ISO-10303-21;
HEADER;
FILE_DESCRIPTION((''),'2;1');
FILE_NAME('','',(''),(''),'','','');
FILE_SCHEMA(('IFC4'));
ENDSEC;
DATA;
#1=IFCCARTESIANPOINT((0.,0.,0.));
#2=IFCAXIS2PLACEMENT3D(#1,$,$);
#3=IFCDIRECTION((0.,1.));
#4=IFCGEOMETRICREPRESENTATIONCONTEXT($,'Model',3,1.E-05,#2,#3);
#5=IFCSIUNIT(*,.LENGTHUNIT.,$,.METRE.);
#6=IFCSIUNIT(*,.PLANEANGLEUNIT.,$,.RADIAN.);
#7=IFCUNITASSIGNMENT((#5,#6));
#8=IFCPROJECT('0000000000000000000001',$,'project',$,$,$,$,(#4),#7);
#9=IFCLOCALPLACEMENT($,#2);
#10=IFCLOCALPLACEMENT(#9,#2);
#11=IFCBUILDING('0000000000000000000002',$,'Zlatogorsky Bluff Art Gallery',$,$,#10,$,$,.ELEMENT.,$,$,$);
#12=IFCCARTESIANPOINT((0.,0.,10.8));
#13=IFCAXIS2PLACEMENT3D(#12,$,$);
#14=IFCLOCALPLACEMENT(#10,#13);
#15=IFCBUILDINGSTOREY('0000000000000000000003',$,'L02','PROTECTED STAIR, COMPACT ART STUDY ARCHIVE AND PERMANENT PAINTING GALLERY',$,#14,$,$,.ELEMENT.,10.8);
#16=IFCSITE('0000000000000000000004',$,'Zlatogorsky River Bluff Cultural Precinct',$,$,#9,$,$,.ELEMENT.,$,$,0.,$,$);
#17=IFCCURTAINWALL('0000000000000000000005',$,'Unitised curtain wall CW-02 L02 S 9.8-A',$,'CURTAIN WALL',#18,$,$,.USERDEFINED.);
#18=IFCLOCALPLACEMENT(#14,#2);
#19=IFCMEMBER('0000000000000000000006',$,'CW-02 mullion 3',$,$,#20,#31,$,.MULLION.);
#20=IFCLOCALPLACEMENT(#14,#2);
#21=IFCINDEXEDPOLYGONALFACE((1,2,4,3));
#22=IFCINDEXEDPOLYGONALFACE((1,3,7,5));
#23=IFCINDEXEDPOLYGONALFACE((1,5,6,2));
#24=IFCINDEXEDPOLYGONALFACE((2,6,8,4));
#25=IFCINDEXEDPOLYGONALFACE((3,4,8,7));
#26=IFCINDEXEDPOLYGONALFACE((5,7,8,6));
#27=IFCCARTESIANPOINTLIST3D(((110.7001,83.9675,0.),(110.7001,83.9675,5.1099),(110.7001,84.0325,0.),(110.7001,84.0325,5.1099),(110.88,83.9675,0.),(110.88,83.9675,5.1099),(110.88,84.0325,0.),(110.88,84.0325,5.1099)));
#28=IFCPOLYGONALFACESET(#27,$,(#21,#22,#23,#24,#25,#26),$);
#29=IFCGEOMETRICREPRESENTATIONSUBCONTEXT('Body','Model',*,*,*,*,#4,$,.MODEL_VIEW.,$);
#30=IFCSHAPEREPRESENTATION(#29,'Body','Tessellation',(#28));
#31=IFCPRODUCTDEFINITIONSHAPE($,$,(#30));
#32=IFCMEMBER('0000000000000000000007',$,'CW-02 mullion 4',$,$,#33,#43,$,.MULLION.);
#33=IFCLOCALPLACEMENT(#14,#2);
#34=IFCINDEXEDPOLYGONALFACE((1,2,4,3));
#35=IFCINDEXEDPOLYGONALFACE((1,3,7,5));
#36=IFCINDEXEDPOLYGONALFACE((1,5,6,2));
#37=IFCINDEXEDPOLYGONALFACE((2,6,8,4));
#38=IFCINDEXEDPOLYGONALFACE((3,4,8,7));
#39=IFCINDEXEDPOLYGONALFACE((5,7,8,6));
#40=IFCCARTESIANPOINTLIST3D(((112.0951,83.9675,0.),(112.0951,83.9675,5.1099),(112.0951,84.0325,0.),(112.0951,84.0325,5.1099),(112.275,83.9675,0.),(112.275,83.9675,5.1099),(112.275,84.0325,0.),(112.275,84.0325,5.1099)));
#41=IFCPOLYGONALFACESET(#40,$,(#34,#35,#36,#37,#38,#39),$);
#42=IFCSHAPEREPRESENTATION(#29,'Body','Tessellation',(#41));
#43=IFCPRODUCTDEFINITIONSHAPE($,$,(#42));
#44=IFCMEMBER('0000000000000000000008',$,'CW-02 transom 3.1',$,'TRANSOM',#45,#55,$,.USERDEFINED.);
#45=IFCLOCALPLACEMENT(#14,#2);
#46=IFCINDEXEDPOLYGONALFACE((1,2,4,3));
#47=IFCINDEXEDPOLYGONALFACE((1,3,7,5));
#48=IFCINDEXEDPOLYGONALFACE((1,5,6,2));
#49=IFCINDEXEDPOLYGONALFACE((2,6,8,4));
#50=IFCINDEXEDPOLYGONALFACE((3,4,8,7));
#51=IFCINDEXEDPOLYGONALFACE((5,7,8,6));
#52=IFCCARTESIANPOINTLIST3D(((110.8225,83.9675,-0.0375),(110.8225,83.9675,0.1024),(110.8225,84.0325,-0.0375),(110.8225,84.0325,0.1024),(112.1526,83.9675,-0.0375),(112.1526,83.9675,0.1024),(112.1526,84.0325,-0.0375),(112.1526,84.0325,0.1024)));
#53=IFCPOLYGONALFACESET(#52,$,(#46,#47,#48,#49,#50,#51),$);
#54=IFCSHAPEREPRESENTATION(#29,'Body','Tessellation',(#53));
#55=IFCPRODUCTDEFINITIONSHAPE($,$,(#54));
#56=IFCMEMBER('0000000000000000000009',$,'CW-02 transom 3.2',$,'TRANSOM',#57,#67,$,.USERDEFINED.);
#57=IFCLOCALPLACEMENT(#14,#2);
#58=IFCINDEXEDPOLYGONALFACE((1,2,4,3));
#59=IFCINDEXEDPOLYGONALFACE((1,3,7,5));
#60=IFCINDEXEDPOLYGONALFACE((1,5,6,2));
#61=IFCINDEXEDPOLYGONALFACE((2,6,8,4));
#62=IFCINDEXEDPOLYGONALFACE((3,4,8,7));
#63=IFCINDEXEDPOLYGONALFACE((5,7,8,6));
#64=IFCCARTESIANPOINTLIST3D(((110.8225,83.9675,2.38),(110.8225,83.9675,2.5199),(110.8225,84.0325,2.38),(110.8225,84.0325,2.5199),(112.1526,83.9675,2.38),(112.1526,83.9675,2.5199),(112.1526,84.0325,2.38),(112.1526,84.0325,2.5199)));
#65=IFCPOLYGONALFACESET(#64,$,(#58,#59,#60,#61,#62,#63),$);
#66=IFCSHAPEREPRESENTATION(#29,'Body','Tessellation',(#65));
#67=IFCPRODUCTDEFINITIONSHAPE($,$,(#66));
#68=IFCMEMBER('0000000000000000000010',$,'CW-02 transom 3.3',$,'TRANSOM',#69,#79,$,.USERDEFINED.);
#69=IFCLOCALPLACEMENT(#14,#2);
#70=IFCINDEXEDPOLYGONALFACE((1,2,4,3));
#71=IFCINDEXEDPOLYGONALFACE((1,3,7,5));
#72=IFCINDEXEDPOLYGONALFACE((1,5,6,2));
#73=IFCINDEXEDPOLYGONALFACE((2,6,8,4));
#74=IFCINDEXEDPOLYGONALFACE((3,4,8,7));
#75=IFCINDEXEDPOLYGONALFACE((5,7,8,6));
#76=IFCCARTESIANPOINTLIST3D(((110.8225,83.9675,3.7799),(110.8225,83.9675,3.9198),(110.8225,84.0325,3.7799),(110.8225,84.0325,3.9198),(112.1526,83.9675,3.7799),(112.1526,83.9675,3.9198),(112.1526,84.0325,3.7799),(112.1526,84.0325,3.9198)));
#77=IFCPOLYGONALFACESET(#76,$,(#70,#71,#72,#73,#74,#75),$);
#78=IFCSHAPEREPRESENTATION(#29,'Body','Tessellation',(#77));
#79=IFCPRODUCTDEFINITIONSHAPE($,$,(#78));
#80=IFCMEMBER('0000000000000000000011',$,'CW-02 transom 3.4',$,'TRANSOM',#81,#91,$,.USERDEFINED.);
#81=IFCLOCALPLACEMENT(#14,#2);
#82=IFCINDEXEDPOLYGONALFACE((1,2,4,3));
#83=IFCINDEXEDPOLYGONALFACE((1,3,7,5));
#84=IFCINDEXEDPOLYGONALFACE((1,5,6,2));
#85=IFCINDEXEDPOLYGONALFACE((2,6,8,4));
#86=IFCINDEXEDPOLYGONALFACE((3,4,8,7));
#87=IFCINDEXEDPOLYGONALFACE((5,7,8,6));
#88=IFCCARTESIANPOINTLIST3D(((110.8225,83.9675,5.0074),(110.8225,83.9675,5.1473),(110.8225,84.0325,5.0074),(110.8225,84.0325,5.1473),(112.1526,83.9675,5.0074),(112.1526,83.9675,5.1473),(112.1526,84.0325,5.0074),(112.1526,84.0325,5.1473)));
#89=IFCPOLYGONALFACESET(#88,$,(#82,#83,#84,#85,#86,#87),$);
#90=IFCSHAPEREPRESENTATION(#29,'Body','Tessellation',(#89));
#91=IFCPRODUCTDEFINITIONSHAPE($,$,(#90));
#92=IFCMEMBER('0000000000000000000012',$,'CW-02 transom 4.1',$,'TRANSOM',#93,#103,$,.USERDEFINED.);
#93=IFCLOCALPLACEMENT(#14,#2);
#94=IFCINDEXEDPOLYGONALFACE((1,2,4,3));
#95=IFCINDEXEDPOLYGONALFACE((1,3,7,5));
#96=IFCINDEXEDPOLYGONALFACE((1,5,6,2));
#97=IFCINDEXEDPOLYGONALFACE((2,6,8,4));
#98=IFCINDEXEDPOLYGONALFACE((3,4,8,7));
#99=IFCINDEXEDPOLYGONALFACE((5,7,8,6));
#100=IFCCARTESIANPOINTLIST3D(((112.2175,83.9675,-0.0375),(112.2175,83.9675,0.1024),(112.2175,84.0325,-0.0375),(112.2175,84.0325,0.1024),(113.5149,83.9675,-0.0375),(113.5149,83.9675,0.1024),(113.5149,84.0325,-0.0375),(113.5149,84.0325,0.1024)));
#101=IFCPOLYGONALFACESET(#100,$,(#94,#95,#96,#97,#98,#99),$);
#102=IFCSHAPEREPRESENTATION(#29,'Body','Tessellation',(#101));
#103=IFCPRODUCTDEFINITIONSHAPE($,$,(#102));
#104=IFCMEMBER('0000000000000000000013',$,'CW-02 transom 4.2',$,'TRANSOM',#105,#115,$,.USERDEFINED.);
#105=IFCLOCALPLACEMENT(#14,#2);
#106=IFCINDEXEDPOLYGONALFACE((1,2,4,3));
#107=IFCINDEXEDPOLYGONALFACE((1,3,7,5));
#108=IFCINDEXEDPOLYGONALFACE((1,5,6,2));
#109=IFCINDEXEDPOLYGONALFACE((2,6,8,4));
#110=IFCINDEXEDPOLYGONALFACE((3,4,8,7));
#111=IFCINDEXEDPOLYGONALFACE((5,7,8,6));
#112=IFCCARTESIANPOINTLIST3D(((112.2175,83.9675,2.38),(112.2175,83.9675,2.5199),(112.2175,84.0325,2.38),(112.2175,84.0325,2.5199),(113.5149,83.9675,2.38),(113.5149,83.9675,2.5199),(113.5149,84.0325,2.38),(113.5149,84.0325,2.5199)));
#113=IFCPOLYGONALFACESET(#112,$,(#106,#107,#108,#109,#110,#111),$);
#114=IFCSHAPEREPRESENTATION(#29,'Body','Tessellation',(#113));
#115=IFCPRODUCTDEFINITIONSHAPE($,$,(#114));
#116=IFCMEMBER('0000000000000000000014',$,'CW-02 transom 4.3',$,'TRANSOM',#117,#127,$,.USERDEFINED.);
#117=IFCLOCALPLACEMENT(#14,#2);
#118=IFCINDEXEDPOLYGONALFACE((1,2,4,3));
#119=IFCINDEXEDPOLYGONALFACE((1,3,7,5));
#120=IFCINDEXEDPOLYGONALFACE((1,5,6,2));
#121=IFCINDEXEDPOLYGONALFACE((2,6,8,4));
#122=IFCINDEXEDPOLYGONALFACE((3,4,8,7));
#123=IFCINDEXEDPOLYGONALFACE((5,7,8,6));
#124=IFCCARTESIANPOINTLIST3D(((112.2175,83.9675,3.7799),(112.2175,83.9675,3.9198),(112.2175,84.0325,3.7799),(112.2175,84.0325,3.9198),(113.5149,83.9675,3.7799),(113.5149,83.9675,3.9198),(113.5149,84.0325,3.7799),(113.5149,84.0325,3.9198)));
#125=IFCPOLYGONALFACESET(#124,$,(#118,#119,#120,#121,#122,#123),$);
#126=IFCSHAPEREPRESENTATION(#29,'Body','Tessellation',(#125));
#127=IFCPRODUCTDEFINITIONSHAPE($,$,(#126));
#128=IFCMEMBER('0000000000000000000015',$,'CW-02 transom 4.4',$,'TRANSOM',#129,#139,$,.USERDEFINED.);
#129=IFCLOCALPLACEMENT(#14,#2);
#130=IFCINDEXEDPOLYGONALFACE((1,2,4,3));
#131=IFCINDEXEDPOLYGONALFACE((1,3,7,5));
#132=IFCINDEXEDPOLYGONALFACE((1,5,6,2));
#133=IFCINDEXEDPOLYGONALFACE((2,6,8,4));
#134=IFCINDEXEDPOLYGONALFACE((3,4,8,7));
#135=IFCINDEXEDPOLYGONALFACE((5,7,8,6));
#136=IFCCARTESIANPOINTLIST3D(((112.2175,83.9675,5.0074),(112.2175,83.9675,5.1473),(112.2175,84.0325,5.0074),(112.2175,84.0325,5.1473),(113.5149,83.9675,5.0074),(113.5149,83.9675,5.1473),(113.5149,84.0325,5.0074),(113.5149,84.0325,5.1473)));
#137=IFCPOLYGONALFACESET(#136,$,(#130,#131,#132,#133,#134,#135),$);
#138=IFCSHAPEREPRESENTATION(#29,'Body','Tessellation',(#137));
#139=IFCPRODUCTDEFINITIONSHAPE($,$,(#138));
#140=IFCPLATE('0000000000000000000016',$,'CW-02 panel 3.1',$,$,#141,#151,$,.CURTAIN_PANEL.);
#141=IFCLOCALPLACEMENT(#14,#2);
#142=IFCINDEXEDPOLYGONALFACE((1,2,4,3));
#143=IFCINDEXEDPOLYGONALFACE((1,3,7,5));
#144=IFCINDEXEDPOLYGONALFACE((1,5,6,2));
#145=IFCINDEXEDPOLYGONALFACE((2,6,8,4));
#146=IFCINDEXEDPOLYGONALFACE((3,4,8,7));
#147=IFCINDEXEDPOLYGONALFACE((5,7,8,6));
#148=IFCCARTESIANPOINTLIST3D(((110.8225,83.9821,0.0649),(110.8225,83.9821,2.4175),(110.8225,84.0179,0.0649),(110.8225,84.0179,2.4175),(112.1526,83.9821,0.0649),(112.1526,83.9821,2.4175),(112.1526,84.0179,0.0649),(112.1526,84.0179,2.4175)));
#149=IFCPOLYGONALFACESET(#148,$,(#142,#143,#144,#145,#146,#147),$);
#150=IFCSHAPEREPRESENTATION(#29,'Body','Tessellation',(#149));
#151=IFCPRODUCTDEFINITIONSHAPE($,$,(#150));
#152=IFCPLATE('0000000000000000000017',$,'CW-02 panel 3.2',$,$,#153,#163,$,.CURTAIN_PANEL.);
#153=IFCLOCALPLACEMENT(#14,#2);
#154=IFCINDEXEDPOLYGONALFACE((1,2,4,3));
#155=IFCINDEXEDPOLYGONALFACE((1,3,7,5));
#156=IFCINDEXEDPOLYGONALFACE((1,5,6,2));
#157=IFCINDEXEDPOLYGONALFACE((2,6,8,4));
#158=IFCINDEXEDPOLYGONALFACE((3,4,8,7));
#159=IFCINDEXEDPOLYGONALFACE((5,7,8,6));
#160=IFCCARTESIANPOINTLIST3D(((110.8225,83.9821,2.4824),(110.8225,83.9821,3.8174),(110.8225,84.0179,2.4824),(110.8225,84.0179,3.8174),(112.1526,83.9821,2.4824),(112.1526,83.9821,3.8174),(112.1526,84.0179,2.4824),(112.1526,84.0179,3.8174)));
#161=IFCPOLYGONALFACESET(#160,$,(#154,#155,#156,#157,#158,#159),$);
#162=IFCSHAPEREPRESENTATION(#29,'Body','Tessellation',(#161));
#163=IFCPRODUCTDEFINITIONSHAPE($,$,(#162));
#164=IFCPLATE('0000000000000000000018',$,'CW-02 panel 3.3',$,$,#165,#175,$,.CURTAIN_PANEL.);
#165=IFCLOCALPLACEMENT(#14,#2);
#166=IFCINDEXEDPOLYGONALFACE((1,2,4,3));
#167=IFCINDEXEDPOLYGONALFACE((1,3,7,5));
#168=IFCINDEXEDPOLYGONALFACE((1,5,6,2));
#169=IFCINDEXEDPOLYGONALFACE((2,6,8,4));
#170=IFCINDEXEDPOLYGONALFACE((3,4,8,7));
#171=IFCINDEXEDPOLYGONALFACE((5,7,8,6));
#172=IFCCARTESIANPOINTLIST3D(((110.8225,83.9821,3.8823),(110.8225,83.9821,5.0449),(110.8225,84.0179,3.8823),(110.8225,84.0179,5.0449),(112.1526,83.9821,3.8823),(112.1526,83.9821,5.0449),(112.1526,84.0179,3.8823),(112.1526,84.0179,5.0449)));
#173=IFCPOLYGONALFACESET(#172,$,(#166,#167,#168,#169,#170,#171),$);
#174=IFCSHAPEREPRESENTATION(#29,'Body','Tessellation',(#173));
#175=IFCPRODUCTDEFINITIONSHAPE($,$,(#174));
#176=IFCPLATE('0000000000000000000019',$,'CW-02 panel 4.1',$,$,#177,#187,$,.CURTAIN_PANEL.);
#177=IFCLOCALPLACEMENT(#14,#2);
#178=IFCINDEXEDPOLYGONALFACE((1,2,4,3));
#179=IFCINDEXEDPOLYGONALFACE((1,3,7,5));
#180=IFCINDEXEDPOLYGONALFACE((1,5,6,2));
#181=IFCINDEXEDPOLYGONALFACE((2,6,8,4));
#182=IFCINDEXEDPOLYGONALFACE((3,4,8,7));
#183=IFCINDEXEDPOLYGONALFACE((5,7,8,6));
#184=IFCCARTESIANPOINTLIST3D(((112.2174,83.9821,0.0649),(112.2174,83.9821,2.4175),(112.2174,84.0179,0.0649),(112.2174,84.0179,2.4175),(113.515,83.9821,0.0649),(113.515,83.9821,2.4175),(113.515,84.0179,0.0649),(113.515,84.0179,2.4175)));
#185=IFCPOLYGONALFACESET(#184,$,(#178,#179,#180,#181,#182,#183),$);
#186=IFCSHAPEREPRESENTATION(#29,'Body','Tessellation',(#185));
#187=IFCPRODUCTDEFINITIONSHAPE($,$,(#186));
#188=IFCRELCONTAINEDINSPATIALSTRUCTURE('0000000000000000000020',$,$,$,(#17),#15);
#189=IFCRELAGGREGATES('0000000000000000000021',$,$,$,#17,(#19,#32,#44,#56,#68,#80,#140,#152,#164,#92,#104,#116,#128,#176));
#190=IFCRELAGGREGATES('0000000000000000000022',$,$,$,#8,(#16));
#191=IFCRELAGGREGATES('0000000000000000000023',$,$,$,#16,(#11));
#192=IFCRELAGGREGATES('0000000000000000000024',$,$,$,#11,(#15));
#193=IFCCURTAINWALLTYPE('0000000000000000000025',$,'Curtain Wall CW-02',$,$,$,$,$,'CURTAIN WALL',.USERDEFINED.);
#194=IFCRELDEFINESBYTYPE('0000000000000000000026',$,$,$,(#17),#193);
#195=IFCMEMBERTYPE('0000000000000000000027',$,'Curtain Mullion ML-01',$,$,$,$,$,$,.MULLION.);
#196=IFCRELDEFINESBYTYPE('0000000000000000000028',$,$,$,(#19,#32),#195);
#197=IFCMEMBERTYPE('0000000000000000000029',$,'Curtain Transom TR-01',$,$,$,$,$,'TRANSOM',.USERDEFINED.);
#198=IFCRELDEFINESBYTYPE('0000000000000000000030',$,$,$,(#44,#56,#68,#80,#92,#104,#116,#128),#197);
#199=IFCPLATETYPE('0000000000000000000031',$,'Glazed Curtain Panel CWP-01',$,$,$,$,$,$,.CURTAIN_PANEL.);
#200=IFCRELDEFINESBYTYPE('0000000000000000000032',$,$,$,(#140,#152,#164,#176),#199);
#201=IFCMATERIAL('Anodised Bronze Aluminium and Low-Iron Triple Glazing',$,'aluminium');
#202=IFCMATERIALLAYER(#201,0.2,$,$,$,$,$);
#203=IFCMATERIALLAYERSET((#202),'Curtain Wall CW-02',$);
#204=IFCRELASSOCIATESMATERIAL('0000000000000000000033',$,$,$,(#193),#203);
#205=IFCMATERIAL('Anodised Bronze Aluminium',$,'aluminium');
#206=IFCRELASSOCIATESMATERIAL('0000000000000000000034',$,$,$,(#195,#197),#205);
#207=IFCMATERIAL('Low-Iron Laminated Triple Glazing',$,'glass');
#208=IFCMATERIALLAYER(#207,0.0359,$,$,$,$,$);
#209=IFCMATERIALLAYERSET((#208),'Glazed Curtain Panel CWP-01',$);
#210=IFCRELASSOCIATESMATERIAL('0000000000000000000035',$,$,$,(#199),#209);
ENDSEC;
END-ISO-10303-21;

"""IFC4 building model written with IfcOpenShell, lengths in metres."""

from ifc_helpers import new_model, si_unit, direction, frame, origin, origin_2d, place, context, subcontext, project, spatial, rectangle, extrude, material, layer, layer_set, material_profile, profile_set, type_object, element, aggregate, save


model = new_model("IFC4")

# Units and contexts
model_context = context("Model", 3, precision=1e-05, world=origin(), true_north=direction((0.0, 1.0)))
body_context = subcontext(model_context, "Body", "Model", "MODEL_VIEW")
ifc_project = project(units=[si_unit("LENGTHUNIT", "METRE"), si_unit("PLANEANGLEUNIT", "RADIAN")], contexts=[model_context])

# Site, building, storey
site_placement = place(None, origin())
site = spatial("IfcSite", under=ifc_project, at=site_placement, Name="Zlatogorsky River Bluff Cultural Precinct", CompositionType="ELEMENT", RefElevation=0.0)
building_placement = place(site_placement, origin())
building = spatial("IfcBuilding", under=site, at=building_placement, Name="Zlatogorsky Bluff Art Gallery", CompositionType="ELEMENT")
storey_placement = place(building_placement, frame((0.0, 0.0, 10.8)))
storey = spatial("IfcBuildingStorey", under=building, at=storey_placement, Name="L02", Description="PROTECTED STAIR, COMPACT ART STUDY ARCHIVE AND PERMANENT PAINTING GALLERY", CompositionType="ELEMENT", Elevation=10.8)

# Curtain wall, members, plates
ifc_material_1 = material(Name="Anodised Bronze Aluminium and Low-Iron Triple Glazing", Category="aluminium")
ifc_layer_1 = layer(ifc_material_1, 0.2)
ifc_layer_set_1 = layer_set([ifc_layer_1], Name="Curtain Wall CW-02")
curtain_wall_type = type_object("IfcCurtainWallType", Name="Curtain Wall CW-02", ElementType="CURTAIN WALL", PredefinedType="USERDEFINED", material=ifc_layer_set_1)
curtain_wall_placement = place(storey_placement, origin())
curtain_wall = element("IfcCurtainWall", 1, at=curtain_wall_placement, inside=storey, type_object=curtain_wall_type, Name="Unitised curtain wall CW-02 L02 S 9.8-A", ObjectType="CURTAIN WALL", PredefinedType="USERDEFINED")
ifc_material_2 = material(Name="Anodised Bronze Aluminium", Category="aluminium")
ifc_material_profile_1 = material_profile(ifc_material_2, rectangle(XDim=0.0649, YDim=0.1799, at=origin_2d()), Name="ALU MULLION 65x180")
ifc_profile_set_1 = profile_set([ifc_material_profile_1], Name="Anodised Bronze Aluminium")
member_type_1 = type_object("IfcMemberType", Name="Curtain Mullion ML-01", PredefinedType="MULLION", material=ifc_profile_set_1)
member_1_placement = place(storey_placement, frame((110.79, 84.0, 0.0), z_axis=(0.0, 0.0, 1.0), x_axis=(0.0, 1.0, 0.0)))
member_1 = element("IfcMember", 2, at=member_1_placement, type_object=member_type_1, Name="CW-02 mullion 3", PredefinedType="MULLION", context=body_context, shape_type="SweptSolid", body=[
    extrude(rectangle(XDim=0.0649, YDim=0.1799, at=origin_2d()), origin(), (0.0, 0.0, 1.0), 5.1099),
])
member_2_placement = place(storey_placement, frame((112.1851, 84.0, 0.0), z_axis=(0.0, 0.0, 1.0), x_axis=(0.0, 1.0, 0.0)))
member_2 = element("IfcMember", 3, at=member_2_placement, type_object=member_type_1, Name="CW-02 mullion 4", PredefinedType="MULLION", context=body_context, shape_type="SweptSolid", body=[
    extrude(rectangle(XDim=0.0649, YDim=0.1799, at=origin_2d()), origin(), (0.0, 0.0, 1.0), 5.1099),
])
ifc_material_profile_2 = material_profile(ifc_material_2, rectangle(XDim=0.0649, YDim=0.1399, at=origin_2d()), Name="ALU TRANSOM 65x140")
ifc_profile_set_2 = profile_set([ifc_material_profile_2], Name="Anodised Bronze Aluminium")
member_type_2 = type_object("IfcMemberType", Name="Curtain Transom TR-01", ElementType="TRANSOM", PredefinedType="USERDEFINED", material=ifc_profile_set_2)
member_3_placement = place(storey_placement, frame((110.8225, 84.0, 0.0325), z_axis=(1.0, 0.0, 0.0), x_axis=(0.0, 1.0, 0.0)))
member_3 = element("IfcMember", 4, at=member_3_placement, type_object=member_type_2, Name="CW-02 transom 3.1", ObjectType="TRANSOM", PredefinedType="USERDEFINED", context=body_context, shape_type="SweptSolid", body=[
    extrude(rectangle(XDim=0.0649, YDim=0.1399, at=origin_2d()), origin(), (0.0, 0.0, 1.0), 1.3301),
])
member_4_placement = place(storey_placement, frame((110.8225, 84.0, 2.45), z_axis=(1.0, 0.0, 0.0), x_axis=(0.0, 1.0, 0.0)))
member_4 = element("IfcMember", 5, at=member_4_placement, type_object=member_type_2, Name="CW-02 transom 3.2", ObjectType="TRANSOM", PredefinedType="USERDEFINED", context=body_context, shape_type="SweptSolid", body=[
    extrude(rectangle(XDim=0.0649, YDim=0.1399, at=origin_2d()), origin(), (0.0, 0.0, 1.0), 1.3301),
])
member_5_placement = place(storey_placement, frame((110.8225, 84.0, 3.8499), z_axis=(1.0, 0.0, 0.0), x_axis=(0.0, 1.0, 0.0)))
member_5 = element("IfcMember", 6, at=member_5_placement, type_object=member_type_2, Name="CW-02 transom 3.3", ObjectType="TRANSOM", PredefinedType="USERDEFINED", context=body_context, shape_type="SweptSolid", body=[
    extrude(rectangle(XDim=0.0649, YDim=0.1399, at=origin_2d()), origin(), (0.0, 0.0, 1.0), 1.3301),
])
member_6_placement = place(storey_placement, frame((110.8225, 84.0, 5.0774), z_axis=(1.0, 0.0, 0.0), x_axis=(0.0, 1.0, 0.0)))
member_6 = element("IfcMember", 7, at=member_6_placement, type_object=member_type_2, Name="CW-02 transom 3.4", ObjectType="TRANSOM", PredefinedType="USERDEFINED", context=body_context, shape_type="SweptSolid", body=[
    extrude(rectangle(XDim=0.0649, YDim=0.1399, at=origin_2d()), origin(), (0.0, 0.0, 1.0), 1.3301),
])
member_7_placement = place(storey_placement, frame((112.2175, 84.0, 0.0325), z_axis=(1.0, 0.0, 0.0), x_axis=(0.0, 1.0, 0.0)))
member_7 = element("IfcMember", 8, at=member_7_placement, type_object=member_type_2, Name="CW-02 transom 4.1", ObjectType="TRANSOM", PredefinedType="USERDEFINED", context=body_context, shape_type="SweptSolid", body=[
    extrude(rectangle(XDim=0.0649, YDim=0.1399, at=origin_2d()), origin(), (0.0, 0.0, 1.0), 1.2974),
])
member_8_placement = place(storey_placement, frame((112.2175, 84.0, 2.45), z_axis=(1.0, 0.0, 0.0), x_axis=(0.0, 1.0, 0.0)))
member_8 = element("IfcMember", 9, at=member_8_placement, type_object=member_type_2, Name="CW-02 transom 4.2", ObjectType="TRANSOM", PredefinedType="USERDEFINED", context=body_context, shape_type="SweptSolid", body=[
    extrude(rectangle(XDim=0.0649, YDim=0.1399, at=origin_2d()), origin(), (0.0, 0.0, 1.0), 1.2974),
])
member_9_placement = place(storey_placement, frame((112.2175, 84.0, 3.8499), z_axis=(1.0, 0.0, 0.0), x_axis=(0.0, 1.0, 0.0)))
member_9 = element("IfcMember", 10, at=member_9_placement, type_object=member_type_2, Name="CW-02 transom 4.3", ObjectType="TRANSOM", PredefinedType="USERDEFINED", context=body_context, shape_type="SweptSolid", body=[
    extrude(rectangle(XDim=0.0649, YDim=0.1399, at=origin_2d()), origin(), (0.0, 0.0, 1.0), 1.2974),
])
member_10_placement = place(storey_placement, frame((112.2175, 84.0, 5.0774), z_axis=(1.0, 0.0, 0.0), x_axis=(0.0, 1.0, 0.0)))
member_10 = element("IfcMember", 11, at=member_10_placement, type_object=member_type_2, Name="CW-02 transom 4.4", ObjectType="TRANSOM", PredefinedType="USERDEFINED", context=body_context, shape_type="SweptSolid", body=[
    extrude(rectangle(XDim=0.0649, YDim=0.1399, at=origin_2d()), origin(), (0.0, 0.0, 1.0), 1.2974),
])
ifc_material_3 = material(Name="Low-Iron Laminated Triple Glazing", Category="glass")
ifc_layer_2 = layer(ifc_material_3, 0.0359)
ifc_layer_set_2 = layer_set([ifc_layer_2], Name="Glazed Curtain Panel CWP-01")
plate_type = type_object("IfcPlateType", Name="Glazed Curtain Panel CWP-01", PredefinedType="CURTAIN_PANEL", material=ifc_layer_set_2)
plate_1_placement = place(storey_placement, frame((111.4875, 84.0, 0.0649), z_axis=(0.0, 0.0, 1.0), x_axis=(1.0, 0.0, 0.0)))
plate_1 = element("IfcPlate", 12, at=plate_1_placement, type_object=plate_type, Name="CW-02 panel 3.1", PredefinedType="CURTAIN_PANEL", context=body_context, shape_type="SweptSolid", body=[
    extrude(rectangle(XDim=1.3301, YDim=0.0359, at=origin_2d()), origin(), (0.0, 0.0, 1.0), 2.3525),
])
plate_2_placement = place(storey_placement, frame((111.4875, 84.0, 2.4824), z_axis=(0.0, 0.0, 1.0), x_axis=(1.0, 0.0, 0.0)))
plate_2 = element("IfcPlate", 13, at=plate_2_placement, type_object=plate_type, Name="CW-02 panel 3.2", PredefinedType="CURTAIN_PANEL", context=body_context, shape_type="SweptSolid", body=[
    extrude(rectangle(XDim=1.3301, YDim=0.0359, at=origin_2d()), origin(), (0.0, 0.0, 1.0), 1.335),
])
plate_3_placement = place(storey_placement, frame((111.4875, 84.0, 3.8823), z_axis=(0.0, 0.0, 1.0), x_axis=(1.0, 0.0, 0.0)))
plate_3 = element("IfcPlate", 14, at=plate_3_placement, type_object=plate_type, Name="CW-02 panel 3.3", PredefinedType="CURTAIN_PANEL", context=body_context, shape_type="SweptSolid", body=[
    extrude(rectangle(XDim=1.3301, YDim=0.0359, at=origin_2d()), origin(), (0.0, 0.0, 1.0), 1.1626),
])
plate_4_placement = place(storey_placement, frame((112.8662, 84.0, 0.0649), z_axis=(0.0, 0.0, 1.0), x_axis=(1.0, 0.0, 0.0)))
plate_4 = element("IfcPlate", 15, at=plate_4_placement, type_object=plate_type, Name="CW-02 panel 4.1", PredefinedType="CURTAIN_PANEL", context=body_context, shape_type="SweptSolid", body=[
    extrude(rectangle(XDim=1.2976, YDim=0.0359, at=origin_2d()), origin(), (0.0, 0.0, 1.0), 2.3525),
])
aggregate(curtain_wall, [member_1, member_2, member_3, member_4, member_5, member_6, plate_1, plate_2, plate_3, member_7, member_8, member_9, member_10, plate_4])

save(model, "model.ifc")
